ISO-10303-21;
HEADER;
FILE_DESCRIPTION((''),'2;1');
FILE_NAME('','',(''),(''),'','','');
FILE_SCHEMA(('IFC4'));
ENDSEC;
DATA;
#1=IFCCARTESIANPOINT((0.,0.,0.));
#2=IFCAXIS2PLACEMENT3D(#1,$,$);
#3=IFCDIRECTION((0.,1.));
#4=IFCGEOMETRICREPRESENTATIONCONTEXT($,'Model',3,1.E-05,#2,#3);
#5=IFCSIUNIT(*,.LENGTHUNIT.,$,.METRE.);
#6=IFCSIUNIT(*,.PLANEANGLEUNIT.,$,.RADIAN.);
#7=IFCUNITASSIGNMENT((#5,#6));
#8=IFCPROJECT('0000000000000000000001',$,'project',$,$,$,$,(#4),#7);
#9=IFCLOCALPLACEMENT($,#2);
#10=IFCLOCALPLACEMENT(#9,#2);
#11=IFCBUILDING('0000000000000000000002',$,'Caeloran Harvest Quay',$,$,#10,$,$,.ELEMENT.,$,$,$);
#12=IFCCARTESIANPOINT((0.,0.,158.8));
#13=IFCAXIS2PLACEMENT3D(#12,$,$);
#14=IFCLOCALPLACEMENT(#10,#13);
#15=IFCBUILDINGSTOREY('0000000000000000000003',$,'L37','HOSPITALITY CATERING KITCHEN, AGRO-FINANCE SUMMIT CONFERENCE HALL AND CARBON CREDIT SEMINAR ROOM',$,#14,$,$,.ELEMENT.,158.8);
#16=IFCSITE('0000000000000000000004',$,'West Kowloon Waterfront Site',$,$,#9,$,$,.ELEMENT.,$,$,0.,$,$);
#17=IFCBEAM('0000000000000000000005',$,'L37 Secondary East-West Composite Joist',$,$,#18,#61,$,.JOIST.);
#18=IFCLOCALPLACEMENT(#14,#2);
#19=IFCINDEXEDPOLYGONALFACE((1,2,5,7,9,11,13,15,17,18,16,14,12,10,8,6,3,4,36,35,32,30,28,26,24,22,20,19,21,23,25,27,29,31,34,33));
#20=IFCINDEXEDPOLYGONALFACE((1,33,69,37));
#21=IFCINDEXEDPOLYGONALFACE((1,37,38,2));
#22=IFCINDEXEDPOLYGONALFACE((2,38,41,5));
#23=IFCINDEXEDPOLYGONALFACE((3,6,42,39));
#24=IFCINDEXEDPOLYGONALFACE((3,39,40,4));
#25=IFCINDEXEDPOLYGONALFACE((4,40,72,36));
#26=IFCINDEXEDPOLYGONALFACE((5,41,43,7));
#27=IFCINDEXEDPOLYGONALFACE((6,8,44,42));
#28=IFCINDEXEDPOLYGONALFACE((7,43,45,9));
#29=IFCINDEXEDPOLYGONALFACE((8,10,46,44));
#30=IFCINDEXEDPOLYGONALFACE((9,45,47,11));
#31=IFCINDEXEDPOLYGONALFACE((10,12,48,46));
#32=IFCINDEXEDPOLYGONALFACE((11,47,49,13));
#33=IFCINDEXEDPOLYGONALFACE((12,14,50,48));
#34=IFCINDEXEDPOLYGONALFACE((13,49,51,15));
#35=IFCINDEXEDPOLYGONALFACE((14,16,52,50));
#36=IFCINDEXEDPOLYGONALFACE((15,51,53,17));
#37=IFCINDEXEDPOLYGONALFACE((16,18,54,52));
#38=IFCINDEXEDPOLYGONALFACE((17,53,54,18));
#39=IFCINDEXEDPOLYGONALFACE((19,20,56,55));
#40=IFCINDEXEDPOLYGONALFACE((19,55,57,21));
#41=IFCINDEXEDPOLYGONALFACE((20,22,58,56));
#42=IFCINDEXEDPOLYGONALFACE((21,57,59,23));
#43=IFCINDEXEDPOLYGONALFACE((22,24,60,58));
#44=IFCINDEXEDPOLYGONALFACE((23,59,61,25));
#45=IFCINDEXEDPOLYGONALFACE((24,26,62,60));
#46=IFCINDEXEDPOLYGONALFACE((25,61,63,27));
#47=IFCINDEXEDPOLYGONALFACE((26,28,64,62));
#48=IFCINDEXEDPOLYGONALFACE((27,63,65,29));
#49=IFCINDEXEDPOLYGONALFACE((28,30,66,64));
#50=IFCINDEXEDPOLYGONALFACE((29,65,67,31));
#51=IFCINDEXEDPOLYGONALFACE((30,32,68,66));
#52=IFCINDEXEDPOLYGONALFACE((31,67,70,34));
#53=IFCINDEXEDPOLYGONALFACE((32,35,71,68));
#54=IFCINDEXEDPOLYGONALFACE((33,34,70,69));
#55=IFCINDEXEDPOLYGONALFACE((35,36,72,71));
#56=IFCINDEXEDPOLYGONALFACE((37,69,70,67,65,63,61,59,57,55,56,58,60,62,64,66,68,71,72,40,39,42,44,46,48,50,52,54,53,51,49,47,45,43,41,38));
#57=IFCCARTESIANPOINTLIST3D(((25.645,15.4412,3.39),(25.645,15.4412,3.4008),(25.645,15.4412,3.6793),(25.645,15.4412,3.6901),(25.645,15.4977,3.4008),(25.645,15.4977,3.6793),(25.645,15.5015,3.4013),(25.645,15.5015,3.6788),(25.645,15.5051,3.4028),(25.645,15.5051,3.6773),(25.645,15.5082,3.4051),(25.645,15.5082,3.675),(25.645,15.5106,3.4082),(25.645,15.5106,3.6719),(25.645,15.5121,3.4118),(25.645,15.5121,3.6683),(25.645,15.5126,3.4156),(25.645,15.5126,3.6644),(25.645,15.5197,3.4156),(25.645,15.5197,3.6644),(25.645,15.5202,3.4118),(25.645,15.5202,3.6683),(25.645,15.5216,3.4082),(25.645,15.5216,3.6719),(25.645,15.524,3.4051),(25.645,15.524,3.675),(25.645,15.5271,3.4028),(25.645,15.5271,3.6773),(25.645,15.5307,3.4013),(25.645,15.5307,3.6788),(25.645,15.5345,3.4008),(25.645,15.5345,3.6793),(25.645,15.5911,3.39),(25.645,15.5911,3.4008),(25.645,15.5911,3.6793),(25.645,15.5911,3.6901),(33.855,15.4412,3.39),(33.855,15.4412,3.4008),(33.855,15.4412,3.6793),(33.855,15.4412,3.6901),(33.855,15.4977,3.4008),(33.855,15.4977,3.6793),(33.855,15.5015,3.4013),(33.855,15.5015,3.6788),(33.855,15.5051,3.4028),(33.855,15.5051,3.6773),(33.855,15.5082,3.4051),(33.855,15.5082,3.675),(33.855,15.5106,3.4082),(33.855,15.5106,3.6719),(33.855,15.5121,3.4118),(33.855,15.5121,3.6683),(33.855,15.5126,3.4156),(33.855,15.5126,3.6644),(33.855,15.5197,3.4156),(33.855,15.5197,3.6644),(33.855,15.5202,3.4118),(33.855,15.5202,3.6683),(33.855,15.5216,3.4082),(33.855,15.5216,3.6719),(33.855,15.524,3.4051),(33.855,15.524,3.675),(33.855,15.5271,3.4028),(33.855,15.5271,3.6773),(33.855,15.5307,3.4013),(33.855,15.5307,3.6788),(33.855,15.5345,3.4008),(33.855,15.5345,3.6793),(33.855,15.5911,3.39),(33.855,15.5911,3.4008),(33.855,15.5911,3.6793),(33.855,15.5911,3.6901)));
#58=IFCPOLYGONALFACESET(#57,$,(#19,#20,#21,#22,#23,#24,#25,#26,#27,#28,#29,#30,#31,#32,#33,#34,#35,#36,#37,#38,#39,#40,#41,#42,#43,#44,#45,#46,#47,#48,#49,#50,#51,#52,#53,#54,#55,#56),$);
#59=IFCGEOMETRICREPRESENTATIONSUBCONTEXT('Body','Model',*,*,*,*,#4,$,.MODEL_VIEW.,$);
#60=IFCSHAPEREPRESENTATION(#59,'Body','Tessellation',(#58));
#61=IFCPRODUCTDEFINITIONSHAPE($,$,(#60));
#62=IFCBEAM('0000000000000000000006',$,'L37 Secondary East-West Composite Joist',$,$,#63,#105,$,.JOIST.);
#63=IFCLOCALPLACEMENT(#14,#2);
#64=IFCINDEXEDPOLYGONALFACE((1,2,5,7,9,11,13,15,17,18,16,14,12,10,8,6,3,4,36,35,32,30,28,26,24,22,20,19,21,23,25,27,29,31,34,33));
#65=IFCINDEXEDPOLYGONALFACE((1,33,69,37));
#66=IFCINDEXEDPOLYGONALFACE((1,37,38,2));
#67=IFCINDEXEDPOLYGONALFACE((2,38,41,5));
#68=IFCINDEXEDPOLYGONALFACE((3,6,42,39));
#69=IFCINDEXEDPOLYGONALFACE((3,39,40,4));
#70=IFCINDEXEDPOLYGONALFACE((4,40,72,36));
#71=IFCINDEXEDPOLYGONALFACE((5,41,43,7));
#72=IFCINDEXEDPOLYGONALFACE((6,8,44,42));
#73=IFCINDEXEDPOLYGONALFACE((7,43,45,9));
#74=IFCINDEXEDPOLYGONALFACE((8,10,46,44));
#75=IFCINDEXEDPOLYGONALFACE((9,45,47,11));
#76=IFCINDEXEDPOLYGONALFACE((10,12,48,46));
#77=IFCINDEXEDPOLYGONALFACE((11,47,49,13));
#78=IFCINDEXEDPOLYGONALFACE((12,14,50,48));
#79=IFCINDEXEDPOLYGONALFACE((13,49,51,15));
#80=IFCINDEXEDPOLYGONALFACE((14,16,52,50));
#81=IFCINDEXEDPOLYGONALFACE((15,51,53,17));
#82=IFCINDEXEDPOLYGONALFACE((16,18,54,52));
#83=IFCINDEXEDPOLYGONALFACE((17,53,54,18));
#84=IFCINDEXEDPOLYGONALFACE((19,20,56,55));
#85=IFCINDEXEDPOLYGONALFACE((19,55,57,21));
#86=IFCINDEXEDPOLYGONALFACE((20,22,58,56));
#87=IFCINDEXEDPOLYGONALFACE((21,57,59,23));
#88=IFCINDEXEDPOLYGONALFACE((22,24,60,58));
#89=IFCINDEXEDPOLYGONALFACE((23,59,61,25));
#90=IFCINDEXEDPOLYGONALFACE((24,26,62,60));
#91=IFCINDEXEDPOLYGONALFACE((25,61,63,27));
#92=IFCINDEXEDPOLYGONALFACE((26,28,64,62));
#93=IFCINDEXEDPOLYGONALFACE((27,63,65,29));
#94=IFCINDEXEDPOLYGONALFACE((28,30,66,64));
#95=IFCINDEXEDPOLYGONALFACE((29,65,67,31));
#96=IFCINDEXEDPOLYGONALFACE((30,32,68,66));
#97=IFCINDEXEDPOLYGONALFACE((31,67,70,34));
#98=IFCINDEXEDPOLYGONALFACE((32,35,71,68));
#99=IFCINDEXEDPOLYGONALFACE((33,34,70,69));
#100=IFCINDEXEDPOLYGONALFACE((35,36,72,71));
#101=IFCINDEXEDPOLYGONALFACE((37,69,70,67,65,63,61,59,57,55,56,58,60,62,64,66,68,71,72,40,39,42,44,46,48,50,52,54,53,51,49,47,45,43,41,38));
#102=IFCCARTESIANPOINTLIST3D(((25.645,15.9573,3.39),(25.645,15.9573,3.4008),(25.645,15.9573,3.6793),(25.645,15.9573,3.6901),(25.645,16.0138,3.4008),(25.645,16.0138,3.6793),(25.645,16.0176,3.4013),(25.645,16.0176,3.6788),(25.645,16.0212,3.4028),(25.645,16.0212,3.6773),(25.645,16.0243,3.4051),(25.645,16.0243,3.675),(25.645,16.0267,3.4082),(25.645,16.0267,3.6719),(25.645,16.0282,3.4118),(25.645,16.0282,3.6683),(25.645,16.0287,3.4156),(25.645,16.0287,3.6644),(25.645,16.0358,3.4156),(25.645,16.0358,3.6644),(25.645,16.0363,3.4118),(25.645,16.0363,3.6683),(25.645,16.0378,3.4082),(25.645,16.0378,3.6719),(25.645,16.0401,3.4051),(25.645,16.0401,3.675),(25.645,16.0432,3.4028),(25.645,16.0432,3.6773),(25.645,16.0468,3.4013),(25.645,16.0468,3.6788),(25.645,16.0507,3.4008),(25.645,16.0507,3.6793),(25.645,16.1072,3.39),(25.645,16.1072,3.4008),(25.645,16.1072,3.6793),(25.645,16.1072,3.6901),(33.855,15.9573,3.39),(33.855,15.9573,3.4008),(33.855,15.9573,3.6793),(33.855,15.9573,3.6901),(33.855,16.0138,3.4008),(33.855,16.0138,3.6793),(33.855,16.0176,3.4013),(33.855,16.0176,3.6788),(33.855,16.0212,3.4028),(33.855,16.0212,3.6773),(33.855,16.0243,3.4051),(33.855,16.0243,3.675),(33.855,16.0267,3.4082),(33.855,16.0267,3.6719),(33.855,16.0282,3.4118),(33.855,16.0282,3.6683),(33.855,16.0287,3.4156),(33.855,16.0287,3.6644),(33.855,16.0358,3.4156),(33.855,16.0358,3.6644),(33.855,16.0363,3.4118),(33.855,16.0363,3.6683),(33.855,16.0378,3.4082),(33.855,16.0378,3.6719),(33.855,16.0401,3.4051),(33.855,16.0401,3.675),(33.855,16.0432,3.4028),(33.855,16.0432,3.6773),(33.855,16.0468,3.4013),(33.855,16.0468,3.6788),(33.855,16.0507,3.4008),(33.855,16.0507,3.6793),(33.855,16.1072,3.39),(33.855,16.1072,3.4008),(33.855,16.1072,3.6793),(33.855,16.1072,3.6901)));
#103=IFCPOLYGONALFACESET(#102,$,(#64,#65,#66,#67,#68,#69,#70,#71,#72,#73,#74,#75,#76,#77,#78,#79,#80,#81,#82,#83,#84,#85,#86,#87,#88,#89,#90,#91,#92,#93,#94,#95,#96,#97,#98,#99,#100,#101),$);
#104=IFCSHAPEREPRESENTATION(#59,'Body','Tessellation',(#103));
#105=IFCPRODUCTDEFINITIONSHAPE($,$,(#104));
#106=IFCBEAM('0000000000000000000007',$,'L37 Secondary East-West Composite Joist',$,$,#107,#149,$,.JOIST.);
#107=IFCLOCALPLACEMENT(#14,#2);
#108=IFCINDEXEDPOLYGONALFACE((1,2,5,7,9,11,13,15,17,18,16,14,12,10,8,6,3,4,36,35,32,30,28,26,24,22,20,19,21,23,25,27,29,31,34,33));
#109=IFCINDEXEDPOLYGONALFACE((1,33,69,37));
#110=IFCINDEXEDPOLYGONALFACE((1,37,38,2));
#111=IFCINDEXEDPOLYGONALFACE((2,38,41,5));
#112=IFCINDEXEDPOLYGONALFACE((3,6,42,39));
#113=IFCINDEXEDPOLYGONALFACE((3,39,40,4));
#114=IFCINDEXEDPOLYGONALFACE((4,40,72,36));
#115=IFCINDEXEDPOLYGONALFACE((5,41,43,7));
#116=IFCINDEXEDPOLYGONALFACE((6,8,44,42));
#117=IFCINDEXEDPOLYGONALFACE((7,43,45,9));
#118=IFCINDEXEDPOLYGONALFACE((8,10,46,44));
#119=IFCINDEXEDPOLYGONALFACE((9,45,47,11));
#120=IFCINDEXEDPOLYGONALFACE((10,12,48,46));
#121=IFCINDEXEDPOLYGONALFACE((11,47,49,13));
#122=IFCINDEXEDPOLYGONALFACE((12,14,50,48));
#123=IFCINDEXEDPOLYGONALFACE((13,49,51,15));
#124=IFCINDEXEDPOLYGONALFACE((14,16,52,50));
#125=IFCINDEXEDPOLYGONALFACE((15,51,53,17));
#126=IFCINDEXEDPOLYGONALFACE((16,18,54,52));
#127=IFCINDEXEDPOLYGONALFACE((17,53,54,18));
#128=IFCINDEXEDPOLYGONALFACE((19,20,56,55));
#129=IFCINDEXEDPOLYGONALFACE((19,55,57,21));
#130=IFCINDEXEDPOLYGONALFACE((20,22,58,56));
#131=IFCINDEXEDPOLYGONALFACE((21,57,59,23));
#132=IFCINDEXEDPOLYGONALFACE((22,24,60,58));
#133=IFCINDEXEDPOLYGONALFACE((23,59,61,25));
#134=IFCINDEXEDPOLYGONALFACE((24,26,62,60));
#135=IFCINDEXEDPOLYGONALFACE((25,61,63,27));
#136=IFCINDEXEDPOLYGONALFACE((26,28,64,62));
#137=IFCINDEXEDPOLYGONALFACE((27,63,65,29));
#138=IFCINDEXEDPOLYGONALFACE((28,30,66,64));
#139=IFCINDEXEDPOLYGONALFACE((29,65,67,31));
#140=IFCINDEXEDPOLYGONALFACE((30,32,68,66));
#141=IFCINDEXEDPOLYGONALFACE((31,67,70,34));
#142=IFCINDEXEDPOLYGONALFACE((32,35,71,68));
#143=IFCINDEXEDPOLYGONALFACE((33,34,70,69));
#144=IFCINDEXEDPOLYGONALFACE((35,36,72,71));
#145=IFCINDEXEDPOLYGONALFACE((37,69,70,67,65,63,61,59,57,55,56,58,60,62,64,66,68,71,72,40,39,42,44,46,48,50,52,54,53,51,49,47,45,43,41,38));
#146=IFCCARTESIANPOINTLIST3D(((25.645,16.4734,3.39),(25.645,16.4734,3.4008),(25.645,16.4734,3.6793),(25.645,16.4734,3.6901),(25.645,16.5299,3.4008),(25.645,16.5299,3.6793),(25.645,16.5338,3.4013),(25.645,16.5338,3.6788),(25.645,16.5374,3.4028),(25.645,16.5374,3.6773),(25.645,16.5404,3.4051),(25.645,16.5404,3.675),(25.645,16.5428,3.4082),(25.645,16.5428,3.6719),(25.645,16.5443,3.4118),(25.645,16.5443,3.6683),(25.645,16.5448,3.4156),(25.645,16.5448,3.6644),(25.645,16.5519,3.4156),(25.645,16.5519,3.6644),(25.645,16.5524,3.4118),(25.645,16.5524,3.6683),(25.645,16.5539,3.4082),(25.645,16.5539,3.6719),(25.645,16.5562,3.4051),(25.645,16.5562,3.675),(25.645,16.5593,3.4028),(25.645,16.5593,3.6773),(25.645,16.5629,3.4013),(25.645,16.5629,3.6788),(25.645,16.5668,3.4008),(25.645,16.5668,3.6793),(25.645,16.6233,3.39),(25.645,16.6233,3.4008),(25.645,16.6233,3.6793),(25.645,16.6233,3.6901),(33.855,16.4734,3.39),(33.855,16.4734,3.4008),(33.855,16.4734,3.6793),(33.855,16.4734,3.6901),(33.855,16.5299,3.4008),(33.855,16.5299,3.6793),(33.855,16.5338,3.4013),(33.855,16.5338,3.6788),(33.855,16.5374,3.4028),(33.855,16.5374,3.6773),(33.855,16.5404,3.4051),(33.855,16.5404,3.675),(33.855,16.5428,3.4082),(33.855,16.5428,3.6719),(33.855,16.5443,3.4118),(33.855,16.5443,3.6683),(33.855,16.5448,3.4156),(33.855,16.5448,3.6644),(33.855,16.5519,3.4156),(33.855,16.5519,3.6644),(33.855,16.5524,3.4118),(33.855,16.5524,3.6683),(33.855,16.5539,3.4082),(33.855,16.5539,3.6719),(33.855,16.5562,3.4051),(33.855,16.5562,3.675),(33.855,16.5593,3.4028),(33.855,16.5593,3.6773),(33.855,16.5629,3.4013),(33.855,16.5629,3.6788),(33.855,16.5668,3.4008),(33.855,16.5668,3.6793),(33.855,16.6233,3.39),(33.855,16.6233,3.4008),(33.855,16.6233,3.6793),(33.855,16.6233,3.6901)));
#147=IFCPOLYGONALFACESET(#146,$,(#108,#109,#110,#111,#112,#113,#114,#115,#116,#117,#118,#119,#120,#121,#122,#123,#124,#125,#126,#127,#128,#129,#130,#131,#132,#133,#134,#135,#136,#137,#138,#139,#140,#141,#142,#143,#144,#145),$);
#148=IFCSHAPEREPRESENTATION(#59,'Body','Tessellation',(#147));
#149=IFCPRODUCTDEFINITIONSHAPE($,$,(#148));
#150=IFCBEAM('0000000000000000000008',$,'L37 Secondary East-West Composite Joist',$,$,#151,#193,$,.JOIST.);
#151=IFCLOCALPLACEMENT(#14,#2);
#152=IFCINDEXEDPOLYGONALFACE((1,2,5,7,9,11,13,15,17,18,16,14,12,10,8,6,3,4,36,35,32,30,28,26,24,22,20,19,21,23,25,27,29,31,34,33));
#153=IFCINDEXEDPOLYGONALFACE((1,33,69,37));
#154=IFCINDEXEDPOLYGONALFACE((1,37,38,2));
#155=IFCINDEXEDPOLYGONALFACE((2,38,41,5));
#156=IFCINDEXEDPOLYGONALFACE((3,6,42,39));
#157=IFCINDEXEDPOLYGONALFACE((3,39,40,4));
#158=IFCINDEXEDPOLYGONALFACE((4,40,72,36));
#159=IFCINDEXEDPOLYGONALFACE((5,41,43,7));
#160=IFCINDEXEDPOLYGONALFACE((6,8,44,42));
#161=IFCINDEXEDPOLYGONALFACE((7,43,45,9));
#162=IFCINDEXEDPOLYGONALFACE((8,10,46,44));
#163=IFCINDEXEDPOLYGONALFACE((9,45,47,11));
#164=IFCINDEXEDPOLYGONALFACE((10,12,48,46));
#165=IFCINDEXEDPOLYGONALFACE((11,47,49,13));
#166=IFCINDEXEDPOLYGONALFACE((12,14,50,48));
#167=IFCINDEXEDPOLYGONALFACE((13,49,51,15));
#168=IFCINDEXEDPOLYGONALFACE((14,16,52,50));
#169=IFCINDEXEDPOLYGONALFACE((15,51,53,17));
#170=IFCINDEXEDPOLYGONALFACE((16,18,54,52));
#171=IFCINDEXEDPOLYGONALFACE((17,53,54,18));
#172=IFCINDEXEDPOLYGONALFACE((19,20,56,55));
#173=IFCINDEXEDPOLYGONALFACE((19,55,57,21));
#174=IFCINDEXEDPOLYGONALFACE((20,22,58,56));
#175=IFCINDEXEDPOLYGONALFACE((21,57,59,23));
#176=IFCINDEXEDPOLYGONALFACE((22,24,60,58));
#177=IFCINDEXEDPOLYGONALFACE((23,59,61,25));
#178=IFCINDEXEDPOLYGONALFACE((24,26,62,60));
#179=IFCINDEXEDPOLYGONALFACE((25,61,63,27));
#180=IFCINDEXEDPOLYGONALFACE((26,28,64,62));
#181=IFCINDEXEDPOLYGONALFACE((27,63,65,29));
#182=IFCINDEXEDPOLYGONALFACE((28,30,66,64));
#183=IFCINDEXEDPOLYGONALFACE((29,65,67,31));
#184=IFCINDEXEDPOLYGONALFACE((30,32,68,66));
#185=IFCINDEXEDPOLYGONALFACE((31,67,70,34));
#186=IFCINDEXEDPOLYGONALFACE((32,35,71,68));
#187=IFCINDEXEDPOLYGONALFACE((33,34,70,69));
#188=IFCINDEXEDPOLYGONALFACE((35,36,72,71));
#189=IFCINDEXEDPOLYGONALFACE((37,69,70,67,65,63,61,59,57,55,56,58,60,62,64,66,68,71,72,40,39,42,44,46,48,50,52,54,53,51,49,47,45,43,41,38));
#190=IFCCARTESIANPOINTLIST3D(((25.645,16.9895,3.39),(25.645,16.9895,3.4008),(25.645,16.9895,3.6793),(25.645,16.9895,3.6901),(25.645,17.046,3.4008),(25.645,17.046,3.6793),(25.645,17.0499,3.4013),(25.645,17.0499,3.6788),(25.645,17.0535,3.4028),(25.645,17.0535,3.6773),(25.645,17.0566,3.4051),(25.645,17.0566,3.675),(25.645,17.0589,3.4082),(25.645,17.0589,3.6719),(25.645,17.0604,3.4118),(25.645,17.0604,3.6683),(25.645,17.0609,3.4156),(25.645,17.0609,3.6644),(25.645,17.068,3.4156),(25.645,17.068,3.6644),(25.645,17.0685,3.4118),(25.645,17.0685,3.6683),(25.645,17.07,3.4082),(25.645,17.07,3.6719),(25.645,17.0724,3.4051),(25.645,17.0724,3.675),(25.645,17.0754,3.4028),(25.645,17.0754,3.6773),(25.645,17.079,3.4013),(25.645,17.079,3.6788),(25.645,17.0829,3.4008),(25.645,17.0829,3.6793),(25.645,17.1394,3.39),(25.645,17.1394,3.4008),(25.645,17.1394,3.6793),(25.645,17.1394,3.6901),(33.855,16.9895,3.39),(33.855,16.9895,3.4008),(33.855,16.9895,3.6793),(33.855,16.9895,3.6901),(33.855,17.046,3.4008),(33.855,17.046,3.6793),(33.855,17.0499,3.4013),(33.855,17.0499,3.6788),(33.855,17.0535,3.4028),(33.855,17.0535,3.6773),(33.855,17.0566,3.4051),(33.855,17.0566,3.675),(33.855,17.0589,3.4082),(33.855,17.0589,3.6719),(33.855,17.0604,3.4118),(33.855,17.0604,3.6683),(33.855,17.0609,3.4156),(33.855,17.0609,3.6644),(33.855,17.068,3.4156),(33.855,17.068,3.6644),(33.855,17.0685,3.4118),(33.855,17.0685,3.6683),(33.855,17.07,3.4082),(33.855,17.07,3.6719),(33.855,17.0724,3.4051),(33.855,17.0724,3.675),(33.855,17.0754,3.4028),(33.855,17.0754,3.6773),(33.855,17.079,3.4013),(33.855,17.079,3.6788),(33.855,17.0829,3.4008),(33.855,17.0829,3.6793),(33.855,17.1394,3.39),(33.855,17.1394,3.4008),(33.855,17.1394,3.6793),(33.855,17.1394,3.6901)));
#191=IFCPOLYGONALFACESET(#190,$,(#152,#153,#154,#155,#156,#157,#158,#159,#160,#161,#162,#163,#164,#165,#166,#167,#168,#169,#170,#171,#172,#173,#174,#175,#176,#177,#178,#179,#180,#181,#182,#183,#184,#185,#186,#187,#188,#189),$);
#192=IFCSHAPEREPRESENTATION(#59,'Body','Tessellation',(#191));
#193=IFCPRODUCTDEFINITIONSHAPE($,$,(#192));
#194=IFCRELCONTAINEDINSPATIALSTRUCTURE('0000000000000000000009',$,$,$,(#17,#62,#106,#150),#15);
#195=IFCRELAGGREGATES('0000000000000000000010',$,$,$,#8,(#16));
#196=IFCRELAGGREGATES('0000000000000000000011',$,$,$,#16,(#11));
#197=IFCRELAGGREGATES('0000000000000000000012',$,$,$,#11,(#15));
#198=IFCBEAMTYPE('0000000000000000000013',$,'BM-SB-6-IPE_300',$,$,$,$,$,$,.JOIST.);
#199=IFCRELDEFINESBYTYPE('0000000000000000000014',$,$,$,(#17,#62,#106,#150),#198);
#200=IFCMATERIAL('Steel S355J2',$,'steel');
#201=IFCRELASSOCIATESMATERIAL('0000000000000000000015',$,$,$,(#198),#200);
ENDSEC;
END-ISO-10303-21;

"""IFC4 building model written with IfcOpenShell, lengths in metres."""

from ifc_helpers import new_model, si_unit, direction, frame, origin, origin_2d, place, context, subcontext, project, spatial, i_section, extrude, material, material_profile, profile_set, type_object, element, save


model = new_model("IFC4")

# Units and contexts
model_context = context("Model", 3, precision=1e-05, world=origin(), true_north=direction((0.0, 1.0)))
body_context = subcontext(model_context, "Body", "Model", "MODEL_VIEW")
ifc_project = project(units=[si_unit("LENGTHUNIT", "METRE"), si_unit("PLANEANGLEUNIT", "RADIAN")], contexts=[model_context])

# Site, building, storey
site_placement = place(None, origin())
site = spatial("IfcSite", under=ifc_project, at=site_placement, Name="West Kowloon Waterfront Site", CompositionType="ELEMENT", RefElevation=0.0)
building_placement = place(site_placement, origin())
building = spatial("IfcBuilding", under=site, at=building_placement, Name="Caeloran Harvest Quay", CompositionType="ELEMENT")
storey_placement = place(building_placement, frame((0.0, 0.0, 158.8)))
storey = spatial("IfcBuildingStorey", under=building, at=storey_placement, Name="L37", Description="HOSPITALITY CATERING KITCHEN, AGRO-FINANCE SUMMIT CONFERENCE HALL AND CARBON CREDIT SEMINAR ROOM", CompositionType="ELEMENT", Elevation=158.8)

# Beams
ifc_material_1 = material(Name="Steel S355J2", Category="steel")
ifc_material_profile_1 = material_profile(ifc_material_1, i_section(OverallWidth=0.1499, OverallDepth=0.3, WebThickness=0.0071, FlangeThickness=0.0107, FilletRadius=0.0149, at=origin_2d()), Name="IPE 300")
ifc_profile_set_1 = profile_set([ifc_material_profile_1], Name="Steel S355J2")
beam_type_1 = type_object("IfcBeamType", Name="BM-SB-6-IPE_300", PredefinedType="JOIST", material=ifc_profile_set_1)
for number, where, z_axis, x_axis, name in (
    (1, (25.645, 15.5161, 3.54), (1.0, 0.0, 0.0), (0.0, 1.0, 0.0), "L37 Secondary East-West Composite Joist"),
    (2, (25.645, 16.0322, 3.54), (1.0, 0.0, 0.0), (0.0, 1.0, 0.0), "L37 Secondary East-West Composite Joist"),
    (3, (25.645, 16.5483, 3.54), (1.0, 0.0, 0.0), (0.0, 1.0, 0.0), "L37 Secondary East-West Composite Joist"),
    (4, (25.645, 17.0645, 3.54), (1.0, 0.0, 0.0), (0.0, 1.0, 0.0), "L37 Secondary East-West Composite Joist"),
):
    element("IfcBeam", number, at=place(storey_placement, frame(where, z_axis=z_axis, x_axis=x_axis)), inside=storey, type_object=beam_type_1, Name=name, PredefinedType="JOIST", context=body_context, shape_type="SweptSolid", body=[
        extrude(i_section(OverallWidth=0.1499, OverallDepth=0.3, WebThickness=0.0071, FlangeThickness=0.0107, FilletRadius=0.0149, at=origin_2d()), origin(), (0.0, 0.0, 1.0), 8.21),
    ])

save(model, "model.ifc")
